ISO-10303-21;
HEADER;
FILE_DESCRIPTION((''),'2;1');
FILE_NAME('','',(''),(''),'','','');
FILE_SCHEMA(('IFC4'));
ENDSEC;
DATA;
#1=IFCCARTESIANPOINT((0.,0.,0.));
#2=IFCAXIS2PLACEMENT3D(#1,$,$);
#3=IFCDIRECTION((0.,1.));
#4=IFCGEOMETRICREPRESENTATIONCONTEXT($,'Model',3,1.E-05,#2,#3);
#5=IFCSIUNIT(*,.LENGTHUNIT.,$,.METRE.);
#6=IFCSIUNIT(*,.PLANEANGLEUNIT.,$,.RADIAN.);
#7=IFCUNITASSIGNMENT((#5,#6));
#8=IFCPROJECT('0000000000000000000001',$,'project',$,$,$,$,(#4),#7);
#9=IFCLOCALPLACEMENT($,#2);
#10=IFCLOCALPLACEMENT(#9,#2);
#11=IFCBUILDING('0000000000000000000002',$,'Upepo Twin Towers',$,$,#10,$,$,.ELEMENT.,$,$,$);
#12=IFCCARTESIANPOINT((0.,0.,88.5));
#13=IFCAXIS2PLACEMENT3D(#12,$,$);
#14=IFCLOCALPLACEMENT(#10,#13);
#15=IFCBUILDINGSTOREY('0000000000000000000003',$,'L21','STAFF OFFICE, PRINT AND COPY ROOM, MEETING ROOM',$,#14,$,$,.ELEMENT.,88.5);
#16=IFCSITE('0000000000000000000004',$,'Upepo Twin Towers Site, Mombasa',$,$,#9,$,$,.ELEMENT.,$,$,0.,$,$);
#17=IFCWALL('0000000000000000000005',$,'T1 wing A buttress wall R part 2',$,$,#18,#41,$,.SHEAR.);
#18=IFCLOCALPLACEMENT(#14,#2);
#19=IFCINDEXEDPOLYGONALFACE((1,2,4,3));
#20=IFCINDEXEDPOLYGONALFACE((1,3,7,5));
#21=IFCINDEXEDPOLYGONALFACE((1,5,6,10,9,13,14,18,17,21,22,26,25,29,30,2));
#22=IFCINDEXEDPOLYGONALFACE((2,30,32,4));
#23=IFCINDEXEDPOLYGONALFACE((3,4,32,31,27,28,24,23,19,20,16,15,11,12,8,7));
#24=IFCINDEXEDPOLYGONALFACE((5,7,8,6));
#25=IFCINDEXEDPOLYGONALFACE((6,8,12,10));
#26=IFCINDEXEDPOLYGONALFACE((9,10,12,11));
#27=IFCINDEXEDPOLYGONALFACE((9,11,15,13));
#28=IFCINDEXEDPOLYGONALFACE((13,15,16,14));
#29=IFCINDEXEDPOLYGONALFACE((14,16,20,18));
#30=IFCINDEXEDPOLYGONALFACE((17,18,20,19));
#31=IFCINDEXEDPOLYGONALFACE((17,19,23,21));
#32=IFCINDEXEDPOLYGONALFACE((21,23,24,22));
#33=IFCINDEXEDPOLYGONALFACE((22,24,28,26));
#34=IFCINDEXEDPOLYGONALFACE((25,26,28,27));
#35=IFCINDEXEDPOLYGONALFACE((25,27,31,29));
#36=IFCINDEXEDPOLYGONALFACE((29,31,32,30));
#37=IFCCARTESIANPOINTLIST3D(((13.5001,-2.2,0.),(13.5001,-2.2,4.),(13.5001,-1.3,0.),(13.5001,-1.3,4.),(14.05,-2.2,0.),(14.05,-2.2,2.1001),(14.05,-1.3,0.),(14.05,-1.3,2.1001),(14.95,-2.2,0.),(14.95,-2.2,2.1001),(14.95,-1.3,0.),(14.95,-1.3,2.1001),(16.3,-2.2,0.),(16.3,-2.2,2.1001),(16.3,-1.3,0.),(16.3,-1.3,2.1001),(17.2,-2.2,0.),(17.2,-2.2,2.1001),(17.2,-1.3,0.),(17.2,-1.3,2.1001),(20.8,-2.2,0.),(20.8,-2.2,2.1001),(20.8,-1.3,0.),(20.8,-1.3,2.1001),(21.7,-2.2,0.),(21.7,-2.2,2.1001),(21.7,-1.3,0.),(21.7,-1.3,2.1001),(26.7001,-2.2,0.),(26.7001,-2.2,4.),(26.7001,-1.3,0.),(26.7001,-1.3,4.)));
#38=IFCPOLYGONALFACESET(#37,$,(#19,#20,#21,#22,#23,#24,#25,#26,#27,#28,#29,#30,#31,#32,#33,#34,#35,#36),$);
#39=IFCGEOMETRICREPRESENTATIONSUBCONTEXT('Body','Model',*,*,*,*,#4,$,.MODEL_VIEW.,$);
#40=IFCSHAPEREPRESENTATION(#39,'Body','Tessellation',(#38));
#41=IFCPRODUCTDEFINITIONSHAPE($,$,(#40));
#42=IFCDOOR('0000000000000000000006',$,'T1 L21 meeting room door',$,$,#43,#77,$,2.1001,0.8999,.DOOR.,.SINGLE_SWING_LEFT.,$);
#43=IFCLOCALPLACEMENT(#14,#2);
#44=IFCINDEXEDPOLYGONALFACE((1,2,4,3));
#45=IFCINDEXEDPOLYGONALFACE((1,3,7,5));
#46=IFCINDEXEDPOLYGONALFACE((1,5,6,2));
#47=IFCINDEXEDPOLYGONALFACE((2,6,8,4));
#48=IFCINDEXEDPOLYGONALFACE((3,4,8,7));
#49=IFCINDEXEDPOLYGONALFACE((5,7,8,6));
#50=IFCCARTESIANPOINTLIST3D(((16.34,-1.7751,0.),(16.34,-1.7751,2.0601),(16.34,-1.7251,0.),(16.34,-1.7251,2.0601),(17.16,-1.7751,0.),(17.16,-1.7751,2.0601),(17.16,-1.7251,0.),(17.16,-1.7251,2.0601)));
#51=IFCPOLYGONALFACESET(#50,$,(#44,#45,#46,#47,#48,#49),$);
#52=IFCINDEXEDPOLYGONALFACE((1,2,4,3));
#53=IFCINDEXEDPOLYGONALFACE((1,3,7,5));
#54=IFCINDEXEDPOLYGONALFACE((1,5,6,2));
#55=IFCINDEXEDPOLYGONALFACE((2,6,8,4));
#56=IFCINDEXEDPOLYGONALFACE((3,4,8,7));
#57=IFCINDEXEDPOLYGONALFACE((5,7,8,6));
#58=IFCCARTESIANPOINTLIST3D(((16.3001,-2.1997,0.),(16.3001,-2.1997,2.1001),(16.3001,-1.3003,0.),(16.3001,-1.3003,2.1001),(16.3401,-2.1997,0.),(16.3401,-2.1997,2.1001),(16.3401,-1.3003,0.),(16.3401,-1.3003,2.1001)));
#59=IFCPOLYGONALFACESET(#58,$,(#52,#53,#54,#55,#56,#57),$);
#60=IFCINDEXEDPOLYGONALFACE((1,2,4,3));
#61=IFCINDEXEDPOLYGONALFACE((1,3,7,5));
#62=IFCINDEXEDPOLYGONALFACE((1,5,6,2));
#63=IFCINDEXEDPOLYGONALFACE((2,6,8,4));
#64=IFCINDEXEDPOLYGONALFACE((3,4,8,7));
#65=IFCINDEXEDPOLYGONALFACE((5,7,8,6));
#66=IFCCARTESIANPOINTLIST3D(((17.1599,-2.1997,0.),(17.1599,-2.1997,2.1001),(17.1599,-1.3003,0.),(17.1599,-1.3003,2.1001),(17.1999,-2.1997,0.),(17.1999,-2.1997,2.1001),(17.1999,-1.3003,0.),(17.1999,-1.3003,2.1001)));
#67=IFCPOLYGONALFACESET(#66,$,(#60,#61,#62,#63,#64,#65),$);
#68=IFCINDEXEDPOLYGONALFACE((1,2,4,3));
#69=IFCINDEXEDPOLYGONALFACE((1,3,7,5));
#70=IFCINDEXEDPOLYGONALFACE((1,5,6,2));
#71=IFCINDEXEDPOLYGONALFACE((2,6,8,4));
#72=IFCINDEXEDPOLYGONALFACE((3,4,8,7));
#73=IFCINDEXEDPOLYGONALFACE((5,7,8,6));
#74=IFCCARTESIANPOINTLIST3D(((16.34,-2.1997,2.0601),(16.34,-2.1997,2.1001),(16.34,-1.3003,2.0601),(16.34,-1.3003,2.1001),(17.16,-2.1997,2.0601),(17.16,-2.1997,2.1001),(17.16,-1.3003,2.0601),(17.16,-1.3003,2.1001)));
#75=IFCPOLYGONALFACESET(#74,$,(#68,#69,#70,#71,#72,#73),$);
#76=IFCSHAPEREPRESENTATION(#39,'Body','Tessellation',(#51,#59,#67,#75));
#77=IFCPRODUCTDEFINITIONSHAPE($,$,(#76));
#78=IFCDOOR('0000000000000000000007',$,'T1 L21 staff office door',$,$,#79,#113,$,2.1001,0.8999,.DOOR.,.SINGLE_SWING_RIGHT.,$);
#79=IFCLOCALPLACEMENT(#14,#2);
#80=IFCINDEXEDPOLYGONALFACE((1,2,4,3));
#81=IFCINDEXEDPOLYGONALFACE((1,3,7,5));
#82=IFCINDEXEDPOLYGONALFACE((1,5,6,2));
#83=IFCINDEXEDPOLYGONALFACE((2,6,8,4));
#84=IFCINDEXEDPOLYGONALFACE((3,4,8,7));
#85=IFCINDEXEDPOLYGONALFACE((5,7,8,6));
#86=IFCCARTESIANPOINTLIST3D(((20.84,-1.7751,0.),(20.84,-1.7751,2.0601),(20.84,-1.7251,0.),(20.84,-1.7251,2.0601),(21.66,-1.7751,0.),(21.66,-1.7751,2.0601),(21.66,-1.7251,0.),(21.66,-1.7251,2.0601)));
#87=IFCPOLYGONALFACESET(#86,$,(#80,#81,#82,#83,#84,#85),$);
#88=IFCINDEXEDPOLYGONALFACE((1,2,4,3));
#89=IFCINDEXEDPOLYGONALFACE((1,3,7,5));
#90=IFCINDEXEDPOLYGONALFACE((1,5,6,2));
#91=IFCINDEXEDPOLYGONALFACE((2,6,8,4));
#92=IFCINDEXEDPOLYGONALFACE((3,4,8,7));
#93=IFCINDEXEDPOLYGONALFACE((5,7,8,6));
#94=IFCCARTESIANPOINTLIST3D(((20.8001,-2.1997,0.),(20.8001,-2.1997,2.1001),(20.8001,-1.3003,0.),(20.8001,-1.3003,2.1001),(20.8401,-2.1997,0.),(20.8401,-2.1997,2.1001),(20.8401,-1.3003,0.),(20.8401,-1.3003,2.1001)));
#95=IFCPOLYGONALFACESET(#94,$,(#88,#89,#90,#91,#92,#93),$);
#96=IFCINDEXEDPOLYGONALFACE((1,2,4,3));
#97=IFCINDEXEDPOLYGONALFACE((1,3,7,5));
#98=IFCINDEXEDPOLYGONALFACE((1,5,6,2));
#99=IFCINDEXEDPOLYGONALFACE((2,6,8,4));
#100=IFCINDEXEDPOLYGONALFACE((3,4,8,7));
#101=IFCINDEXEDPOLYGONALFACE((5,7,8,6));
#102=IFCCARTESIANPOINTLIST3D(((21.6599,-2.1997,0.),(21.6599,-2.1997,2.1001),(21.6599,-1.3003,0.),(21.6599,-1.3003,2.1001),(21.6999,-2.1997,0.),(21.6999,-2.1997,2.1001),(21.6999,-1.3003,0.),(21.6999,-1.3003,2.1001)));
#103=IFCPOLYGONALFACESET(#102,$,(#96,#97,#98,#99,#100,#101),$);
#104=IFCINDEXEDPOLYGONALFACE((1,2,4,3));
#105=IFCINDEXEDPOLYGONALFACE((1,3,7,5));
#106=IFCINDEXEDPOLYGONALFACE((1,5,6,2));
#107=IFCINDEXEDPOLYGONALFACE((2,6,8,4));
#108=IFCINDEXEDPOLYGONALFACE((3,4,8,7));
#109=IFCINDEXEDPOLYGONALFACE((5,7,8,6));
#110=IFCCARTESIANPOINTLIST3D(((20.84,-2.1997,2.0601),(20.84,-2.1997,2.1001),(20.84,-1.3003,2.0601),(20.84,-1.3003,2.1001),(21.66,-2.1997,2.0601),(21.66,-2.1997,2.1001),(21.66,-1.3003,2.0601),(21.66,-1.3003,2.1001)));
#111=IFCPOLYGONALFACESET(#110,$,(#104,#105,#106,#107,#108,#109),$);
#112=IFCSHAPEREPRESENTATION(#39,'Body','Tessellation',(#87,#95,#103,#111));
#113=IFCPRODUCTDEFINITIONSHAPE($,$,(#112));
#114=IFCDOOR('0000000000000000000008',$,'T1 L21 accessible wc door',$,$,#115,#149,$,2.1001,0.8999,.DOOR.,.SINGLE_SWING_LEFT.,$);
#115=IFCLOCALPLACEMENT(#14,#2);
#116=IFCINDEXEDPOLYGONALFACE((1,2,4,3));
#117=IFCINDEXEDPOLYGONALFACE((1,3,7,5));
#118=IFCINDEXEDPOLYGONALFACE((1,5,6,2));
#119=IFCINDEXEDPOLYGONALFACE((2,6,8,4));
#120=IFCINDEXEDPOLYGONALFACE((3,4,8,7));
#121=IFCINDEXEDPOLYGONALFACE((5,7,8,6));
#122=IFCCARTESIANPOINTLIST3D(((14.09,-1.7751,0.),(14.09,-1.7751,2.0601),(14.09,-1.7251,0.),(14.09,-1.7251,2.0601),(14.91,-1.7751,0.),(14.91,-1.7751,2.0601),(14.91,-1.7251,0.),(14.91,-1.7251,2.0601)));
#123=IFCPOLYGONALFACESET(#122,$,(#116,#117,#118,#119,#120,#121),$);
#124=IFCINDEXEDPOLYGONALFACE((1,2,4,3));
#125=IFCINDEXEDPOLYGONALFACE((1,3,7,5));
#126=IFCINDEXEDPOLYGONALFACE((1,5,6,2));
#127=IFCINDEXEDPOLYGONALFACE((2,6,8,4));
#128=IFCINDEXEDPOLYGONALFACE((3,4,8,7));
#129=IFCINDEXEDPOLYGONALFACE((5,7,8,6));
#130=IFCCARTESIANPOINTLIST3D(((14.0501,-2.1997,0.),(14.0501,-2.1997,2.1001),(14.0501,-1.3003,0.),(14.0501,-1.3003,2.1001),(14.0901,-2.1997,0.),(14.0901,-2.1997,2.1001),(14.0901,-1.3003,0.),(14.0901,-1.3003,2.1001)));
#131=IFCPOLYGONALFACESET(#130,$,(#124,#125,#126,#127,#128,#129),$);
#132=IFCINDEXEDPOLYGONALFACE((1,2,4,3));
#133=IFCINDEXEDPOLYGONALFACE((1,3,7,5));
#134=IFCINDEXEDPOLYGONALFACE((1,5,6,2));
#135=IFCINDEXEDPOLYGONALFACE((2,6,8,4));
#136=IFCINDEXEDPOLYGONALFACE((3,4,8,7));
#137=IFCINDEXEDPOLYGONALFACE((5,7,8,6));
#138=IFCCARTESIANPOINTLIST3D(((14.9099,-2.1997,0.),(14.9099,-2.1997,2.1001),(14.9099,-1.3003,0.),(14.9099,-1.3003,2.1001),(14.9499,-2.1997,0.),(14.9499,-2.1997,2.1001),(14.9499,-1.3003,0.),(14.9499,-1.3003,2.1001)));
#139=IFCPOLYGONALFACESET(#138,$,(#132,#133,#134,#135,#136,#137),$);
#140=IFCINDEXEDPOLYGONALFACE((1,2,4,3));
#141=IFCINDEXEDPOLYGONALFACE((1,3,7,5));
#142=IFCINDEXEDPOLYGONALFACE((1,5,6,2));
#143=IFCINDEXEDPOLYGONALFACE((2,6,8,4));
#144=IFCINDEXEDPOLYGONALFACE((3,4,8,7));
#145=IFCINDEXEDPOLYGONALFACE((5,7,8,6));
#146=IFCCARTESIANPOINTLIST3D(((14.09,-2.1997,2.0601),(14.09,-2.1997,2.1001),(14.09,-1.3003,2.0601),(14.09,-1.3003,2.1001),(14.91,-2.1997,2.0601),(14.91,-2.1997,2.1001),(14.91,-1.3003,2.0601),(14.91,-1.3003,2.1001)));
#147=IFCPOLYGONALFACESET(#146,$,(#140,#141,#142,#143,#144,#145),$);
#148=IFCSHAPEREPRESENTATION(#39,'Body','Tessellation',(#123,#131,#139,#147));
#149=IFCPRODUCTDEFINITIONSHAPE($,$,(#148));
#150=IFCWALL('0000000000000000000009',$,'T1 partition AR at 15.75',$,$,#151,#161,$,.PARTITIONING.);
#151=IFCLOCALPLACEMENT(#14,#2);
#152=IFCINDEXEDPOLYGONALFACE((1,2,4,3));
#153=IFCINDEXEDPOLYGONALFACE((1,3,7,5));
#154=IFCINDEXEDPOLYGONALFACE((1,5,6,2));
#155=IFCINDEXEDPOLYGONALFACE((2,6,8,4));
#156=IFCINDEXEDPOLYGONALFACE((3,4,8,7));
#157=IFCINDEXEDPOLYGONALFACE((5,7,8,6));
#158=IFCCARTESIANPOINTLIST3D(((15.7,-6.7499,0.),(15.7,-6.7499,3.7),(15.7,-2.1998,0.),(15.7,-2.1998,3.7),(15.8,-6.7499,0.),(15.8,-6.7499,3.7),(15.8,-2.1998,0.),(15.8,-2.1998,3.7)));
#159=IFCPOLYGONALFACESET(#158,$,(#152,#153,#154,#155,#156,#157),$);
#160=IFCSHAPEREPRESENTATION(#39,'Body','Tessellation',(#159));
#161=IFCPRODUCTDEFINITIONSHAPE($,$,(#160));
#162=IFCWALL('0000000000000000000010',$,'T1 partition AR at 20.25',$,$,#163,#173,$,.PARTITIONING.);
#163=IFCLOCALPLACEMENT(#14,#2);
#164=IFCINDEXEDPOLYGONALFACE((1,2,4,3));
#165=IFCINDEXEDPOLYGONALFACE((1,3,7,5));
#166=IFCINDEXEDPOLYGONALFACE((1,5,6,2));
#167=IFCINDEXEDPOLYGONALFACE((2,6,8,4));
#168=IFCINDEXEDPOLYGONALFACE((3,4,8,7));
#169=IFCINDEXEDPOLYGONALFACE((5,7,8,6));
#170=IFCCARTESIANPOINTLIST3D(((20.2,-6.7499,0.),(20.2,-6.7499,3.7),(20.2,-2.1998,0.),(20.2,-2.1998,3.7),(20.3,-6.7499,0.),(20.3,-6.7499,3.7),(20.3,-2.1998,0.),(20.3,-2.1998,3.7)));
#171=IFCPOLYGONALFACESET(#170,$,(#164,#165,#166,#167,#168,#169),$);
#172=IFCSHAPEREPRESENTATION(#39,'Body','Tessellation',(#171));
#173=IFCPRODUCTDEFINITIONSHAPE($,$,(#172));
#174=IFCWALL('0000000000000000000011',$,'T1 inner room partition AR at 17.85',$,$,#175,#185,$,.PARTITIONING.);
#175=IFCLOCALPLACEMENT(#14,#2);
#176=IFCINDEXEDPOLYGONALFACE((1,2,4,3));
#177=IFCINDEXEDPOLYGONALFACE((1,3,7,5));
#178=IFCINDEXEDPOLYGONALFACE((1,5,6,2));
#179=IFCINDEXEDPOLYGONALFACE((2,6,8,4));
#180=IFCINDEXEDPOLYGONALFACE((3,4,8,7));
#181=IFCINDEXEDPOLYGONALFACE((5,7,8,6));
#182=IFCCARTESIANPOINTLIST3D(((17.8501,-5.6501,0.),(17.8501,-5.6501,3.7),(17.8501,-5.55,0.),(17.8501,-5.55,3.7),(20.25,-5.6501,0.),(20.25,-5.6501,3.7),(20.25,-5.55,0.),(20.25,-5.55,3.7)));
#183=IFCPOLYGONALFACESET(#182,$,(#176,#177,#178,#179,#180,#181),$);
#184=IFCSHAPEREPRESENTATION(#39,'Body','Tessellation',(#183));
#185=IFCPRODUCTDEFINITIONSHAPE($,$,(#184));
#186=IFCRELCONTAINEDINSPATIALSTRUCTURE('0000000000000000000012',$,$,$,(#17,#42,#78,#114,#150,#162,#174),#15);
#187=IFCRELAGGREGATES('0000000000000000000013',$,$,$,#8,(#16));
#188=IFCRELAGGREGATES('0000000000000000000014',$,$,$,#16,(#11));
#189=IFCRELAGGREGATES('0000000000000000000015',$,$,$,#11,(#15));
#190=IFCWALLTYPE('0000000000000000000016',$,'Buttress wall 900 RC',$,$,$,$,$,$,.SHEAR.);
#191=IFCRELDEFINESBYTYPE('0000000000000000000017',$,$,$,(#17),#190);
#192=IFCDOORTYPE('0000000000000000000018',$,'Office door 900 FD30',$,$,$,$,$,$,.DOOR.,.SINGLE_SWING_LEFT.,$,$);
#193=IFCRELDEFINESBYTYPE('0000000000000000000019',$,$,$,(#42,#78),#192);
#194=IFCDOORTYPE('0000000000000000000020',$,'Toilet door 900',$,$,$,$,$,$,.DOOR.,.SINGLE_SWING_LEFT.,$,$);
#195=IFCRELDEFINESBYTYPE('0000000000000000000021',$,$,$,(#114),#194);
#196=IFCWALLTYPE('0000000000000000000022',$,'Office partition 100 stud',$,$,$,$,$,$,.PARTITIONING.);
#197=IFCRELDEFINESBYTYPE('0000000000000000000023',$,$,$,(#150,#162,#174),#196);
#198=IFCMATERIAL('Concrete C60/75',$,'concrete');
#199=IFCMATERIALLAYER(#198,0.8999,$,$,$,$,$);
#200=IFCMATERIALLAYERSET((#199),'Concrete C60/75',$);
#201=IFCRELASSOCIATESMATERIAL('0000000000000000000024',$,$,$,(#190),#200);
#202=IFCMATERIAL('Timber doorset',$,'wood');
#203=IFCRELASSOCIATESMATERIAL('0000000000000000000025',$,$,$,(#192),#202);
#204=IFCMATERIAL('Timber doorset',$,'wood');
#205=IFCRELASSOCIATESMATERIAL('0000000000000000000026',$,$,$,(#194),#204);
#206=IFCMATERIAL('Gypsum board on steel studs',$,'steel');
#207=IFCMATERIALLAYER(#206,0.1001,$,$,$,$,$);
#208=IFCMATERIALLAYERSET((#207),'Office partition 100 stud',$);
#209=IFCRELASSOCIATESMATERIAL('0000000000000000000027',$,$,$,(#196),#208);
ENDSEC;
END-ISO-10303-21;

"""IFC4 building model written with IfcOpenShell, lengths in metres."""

from ifc_helpers import new_model, si_unit, direction, frame, frame_2d, origin, place, context, subcontext, project, spatial, rectangle, extrude, material, layer, layer_set, type_object, element, fill, save


model = new_model("IFC4")

# Units and contexts
model_context = context("Model", 3, precision=1e-05, world=origin(), true_north=direction((0.0, 1.0)))
body_context = subcontext(model_context, "Body", "Model", "MODEL_VIEW")
ifc_project = project(units=[si_unit("LENGTHUNIT", "METRE"), si_unit("PLANEANGLEUNIT", "RADIAN")], contexts=[model_context])

# Site, building, storey
site_placement = place(None, origin())
site = spatial("IfcSite", under=ifc_project, at=site_placement, Name="Upepo Twin Towers Site, Mombasa", CompositionType="ELEMENT", RefElevation=0.0)
building_placement = place(site_placement, origin())
building = spatial("IfcBuilding", under=site, at=building_placement, Name="Upepo Twin Towers", CompositionType="ELEMENT")
storey_placement = place(building_placement, frame((0.0, 0.0, 88.5)))
storey = spatial("IfcBuildingStorey", under=building, at=storey_placement, Name="L21", Description="STAFF OFFICE, PRINT AND COPY ROOM, MEETING ROOM", CompositionType="ELEMENT", Elevation=88.5)

# Wall, openings, doors
ifc_material_1 = material(Name="Concrete C60/75", Category="concrete")
ifc_layer_1 = layer(ifc_material_1, 0.8999)
ifc_layer_set_1 = layer_set([ifc_layer_1], Name="Concrete C60/75")
wall_type_1 = type_object("IfcWallType", Name="Buttress wall 900 RC", PredefinedType="SHEAR", material=ifc_layer_set_1)
wall_1_placement = place(storey_placement, frame((13.5, -1.75, 0.0), z_axis=(0.0, 0.0, 1.0), x_axis=(1.0, 0.0, 0.0)))
wall_1 = element("IfcWall", 1, at=wall_1_placement, inside=storey, type_object=wall_type_1, Name="T1 wing A buttress wall R part 2", PredefinedType="SHEAR", context=body_context, shape_type="SweptSolid", body=[
    extrude(rectangle(XDim=13.2, YDim=0.8999, at=frame_2d((6.6001, 0.0))), origin(), (0.0, 0.0, 1.0), 4.0),
])
opening_1_placement = place(wall_1_placement, frame((0.55, 0.0, 0.0)))
opening_1 = element("IfcOpeningElement", 2, at=opening_1_placement, cuts=wall_1, PredefinedType="OPENING", context=body_context, shape_type="SweptSolid", body=[
    extrude(rectangle(XDim=0.8999, YDim=2.1001, at=frame_2d((0.45, 1.05))), frame((0.0, 0.46, 0.0), z_axis=(0.0, -1.0, 0.0), x_axis=(1.0, 0.0, 0.0)), (0.0, 0.0, 1.0), 0.9199),
])
opening_2_placement = place(wall_1_placement, frame((2.8, 0.0, 0.0)))
opening_2 = element("IfcOpeningElement", 3, at=opening_2_placement, cuts=wall_1, PredefinedType="OPENING", context=body_context, shape_type="SweptSolid", body=[
    extrude(rectangle(XDim=0.8999, YDim=2.1001, at=frame_2d((0.45, 1.05))), frame((0.0, 0.46, 0.0), z_axis=(0.0, -1.0, 0.0), x_axis=(1.0, 0.0, 0.0)), (0.0, 0.0, 1.0), 0.9199),
])
opening_3_placement = place(wall_1_placement, frame((7.3, 0.0, 0.0)))
opening_3 = element("IfcOpeningElement", 4, at=opening_3_placement, cuts=wall_1, PredefinedType="OPENING", context=body_context, shape_type="SweptSolid", body=[
    extrude(rectangle(XDim=0.8999, YDim=2.1001, at=frame_2d((0.45, 1.05))), frame((0.0, 0.46, 0.0), z_axis=(0.0, -1.0, 0.0), x_axis=(1.0, 0.0, 0.0)), (0.0, 0.0, 1.0), 0.9199),
])
ifc_material_2 = material(Name="Timber doorset", Category="wood")
door_type_1 = type_object("IfcDoorType", Name="Office door 900 FD30", OperationType="SINGLE_SWING_LEFT", PredefinedType="DOOR", material=ifc_material_2)
door_1_placement = place(opening_2_placement, origin())
door_1 = element("IfcDoor", 5, at=door_1_placement, inside=storey, type_object=door_type_1, Name="T1 L21 meeting room door", OperationType="SINGLE_SWING_LEFT", OverallHeight=2.1001, OverallWidth=0.8999, PredefinedType="DOOR", context=body_context, shape_type="SweptSolid", body=[
    extrude(rectangle(XDim=0.8199, YDim=2.0601, at=frame_2d((0.45, 1.03))), frame((0.0, 0.0249, 0.0), z_axis=(0.0, -1.0, 0.0), x_axis=(1.0, 0.0, 0.0)), (0.0, 0.0, 1.0), 0.05),
    extrude(rectangle(XDim=0.04, YDim=2.1001, at=frame_2d((0.02, 1.05))), frame((0.0, 0.4497, 0.0), z_axis=(0.0, -1.0, 0.0), x_axis=(1.0, 0.0, 0.0)), (0.0, 0.0, 1.0), 0.8994),
    extrude(rectangle(XDim=0.04, YDim=2.1001, at=frame_2d((0.8799, 1.05))), frame((0.0, 0.4497, 0.0), z_axis=(0.0, -1.0, 0.0), x_axis=(1.0, 0.0, 0.0)), (0.0, 0.0, 1.0), 0.8994),
    extrude(rectangle(XDim=0.8199, YDim=0.04, at=frame_2d((0.45, 2.0801))), frame((0.0, 0.4497, 0.0), z_axis=(0.0, -1.0, 0.0), x_axis=(1.0, 0.0, 0.0)), (0.0, 0.0, 1.0), 0.8994),
])
fill(opening_2, door_1)
door_2_placement = place(opening_3_placement, origin())
door_2 = element("IfcDoor", 6, at=door_2_placement, inside=storey, type_object=door_type_1, Name="T1 L21 staff office door", OperationType="SINGLE_SWING_RIGHT", OverallHeight=2.1001, OverallWidth=0.8999, PredefinedType="DOOR", context=body_context, shape_type="SweptSolid", body=[
    extrude(rectangle(XDim=0.8199, YDim=2.0601, at=frame_2d((0.45, 1.03))), frame((0.0, 0.0249, 0.0), z_axis=(0.0, -1.0, 0.0), x_axis=(1.0, 0.0, 0.0)), (0.0, 0.0, 1.0), 0.05),
    extrude(rectangle(XDim=0.04, YDim=2.1001, at=frame_2d((0.02, 1.05))), frame((0.0, 0.4497, 0.0), z_axis=(0.0, -1.0, 0.0), x_axis=(1.0, 0.0, 0.0)), (0.0, 0.0, 1.0), 0.8994),
    extrude(rectangle(XDim=0.04, YDim=2.1001, at=frame_2d((0.8799, 1.05))), frame((0.0, 0.4497, 0.0), z_axis=(0.0, -1.0, 0.0), x_axis=(1.0, 0.0, 0.0)), (0.0, 0.0, 1.0), 0.8994),
    extrude(rectangle(XDim=0.8199, YDim=0.04, at=frame_2d((0.45, 2.0801))), frame((0.0, 0.4497, 0.0), z_axis=(0.0, -1.0, 0.0), x_axis=(1.0, 0.0, 0.0)), (0.0, 0.0, 1.0), 0.8994),
])
fill(opening_3, door_2)
ifc_material_3 = material(Name="Timber doorset", Category="wood")
door_type_2 = type_object("IfcDoorType", Name="Toilet door 900", OperationType="SINGLE_SWING_LEFT", PredefinedType="DOOR", material=ifc_material_3)
door_3_placement = place(opening_1_placement, origin())
door_3 = element("IfcDoor", 7, at=door_3_placement, inside=storey, type_object=door_type_2, Name="T1 L21 accessible wc door", OperationType="SINGLE_SWING_LEFT", OverallHeight=2.1001, OverallWidth=0.8999, PredefinedType="DOOR", context=body_context, shape_type="SweptSolid", body=[
    extrude(rectangle(XDim=0.8199, YDim=2.0601, at=frame_2d((0.45, 1.03))), frame((0.0, 0.0249, 0.0), z_axis=(0.0, -1.0, 0.0), x_axis=(1.0, 0.0, 0.0)), (0.0, 0.0, 1.0), 0.05),
    extrude(rectangle(XDim=0.04, YDim=2.1001, at=frame_2d((0.02, 1.05))), frame((0.0, 0.4497, 0.0), z_axis=(0.0, -1.0, 0.0), x_axis=(1.0, 0.0, 0.0)), (0.0, 0.0, 1.0), 0.8994),
    extrude(rectangle(XDim=0.04, YDim=2.1001, at=frame_2d((0.8799, 1.05))), frame((0.0, 0.4497, 0.0), z_axis=(0.0, -1.0, 0.0), x_axis=(1.0, 0.0, 0.0)), (0.0, 0.0, 1.0), 0.8994),
    extrude(rectangle(XDim=0.8199, YDim=0.04, at=frame_2d((0.45, 2.0801))), frame((0.0, 0.4497, 0.0), z_axis=(0.0, -1.0, 0.0), x_axis=(1.0, 0.0, 0.0)), (0.0, 0.0, 1.0), 0.8994),
])
fill(opening_1, door_3)

# Walls
ifc_material_4 = material(Name="Gypsum board on steel studs", Category="steel")
ifc_layer_2 = layer(ifc_material_4, 0.1001)
ifc_layer_set_2 = layer_set([ifc_layer_2], Name="Office partition 100 stud")
wall_type_2 = type_object("IfcWallType", Name="Office partition 100 stud", PredefinedType="PARTITIONING", material=ifc_layer_set_2)
for number, where, z_axis, x_axis, name in (
    (8, (15.75, -2.2, 0.0), (0.0, 0.0, 1.0), (0.0, -1.0, 0.0), "T1 partition AR at 15.75"),
    (9, (20.25, -2.2, 0.0), (0.0, 0.0, 1.0), (0.0, -1.0, 0.0), "T1 partition AR at 20.25"),
):
    element("IfcWall", number, at=place(storey_placement, frame(where, z_axis=z_axis, x_axis=x_axis)), inside=storey, type_object=wall_type_2, Name=name, PredefinedType="PARTITIONING", context=body_context, shape_type="SweptSolid", body=[
        extrude(rectangle(XDim=4.55, YDim=0.1001, at=frame_2d((2.2749, 0.0))), origin(), (0.0, 0.0, 1.0), 3.7),
    ])
wall_2_placement = place(storey_placement, frame((17.8501, -5.6001, 0.0), z_axis=(0.0, 0.0, 1.0), x_axis=(1.0, 0.0, 0.0)))
element("IfcWall", 10, at=wall_2_placement, inside=storey, type_object=wall_type_2, Name="T1 inner room partition AR at 17.85", PredefinedType="PARTITIONING", context=body_context, shape_type="SweptSolid", body=[
    extrude(rectangle(XDim=2.3999, YDim=0.1001, at=frame_2d((1.2, 0.0))), origin(), (0.0, 0.0, 1.0), 3.7),
])

save(model, "model.ifc")
